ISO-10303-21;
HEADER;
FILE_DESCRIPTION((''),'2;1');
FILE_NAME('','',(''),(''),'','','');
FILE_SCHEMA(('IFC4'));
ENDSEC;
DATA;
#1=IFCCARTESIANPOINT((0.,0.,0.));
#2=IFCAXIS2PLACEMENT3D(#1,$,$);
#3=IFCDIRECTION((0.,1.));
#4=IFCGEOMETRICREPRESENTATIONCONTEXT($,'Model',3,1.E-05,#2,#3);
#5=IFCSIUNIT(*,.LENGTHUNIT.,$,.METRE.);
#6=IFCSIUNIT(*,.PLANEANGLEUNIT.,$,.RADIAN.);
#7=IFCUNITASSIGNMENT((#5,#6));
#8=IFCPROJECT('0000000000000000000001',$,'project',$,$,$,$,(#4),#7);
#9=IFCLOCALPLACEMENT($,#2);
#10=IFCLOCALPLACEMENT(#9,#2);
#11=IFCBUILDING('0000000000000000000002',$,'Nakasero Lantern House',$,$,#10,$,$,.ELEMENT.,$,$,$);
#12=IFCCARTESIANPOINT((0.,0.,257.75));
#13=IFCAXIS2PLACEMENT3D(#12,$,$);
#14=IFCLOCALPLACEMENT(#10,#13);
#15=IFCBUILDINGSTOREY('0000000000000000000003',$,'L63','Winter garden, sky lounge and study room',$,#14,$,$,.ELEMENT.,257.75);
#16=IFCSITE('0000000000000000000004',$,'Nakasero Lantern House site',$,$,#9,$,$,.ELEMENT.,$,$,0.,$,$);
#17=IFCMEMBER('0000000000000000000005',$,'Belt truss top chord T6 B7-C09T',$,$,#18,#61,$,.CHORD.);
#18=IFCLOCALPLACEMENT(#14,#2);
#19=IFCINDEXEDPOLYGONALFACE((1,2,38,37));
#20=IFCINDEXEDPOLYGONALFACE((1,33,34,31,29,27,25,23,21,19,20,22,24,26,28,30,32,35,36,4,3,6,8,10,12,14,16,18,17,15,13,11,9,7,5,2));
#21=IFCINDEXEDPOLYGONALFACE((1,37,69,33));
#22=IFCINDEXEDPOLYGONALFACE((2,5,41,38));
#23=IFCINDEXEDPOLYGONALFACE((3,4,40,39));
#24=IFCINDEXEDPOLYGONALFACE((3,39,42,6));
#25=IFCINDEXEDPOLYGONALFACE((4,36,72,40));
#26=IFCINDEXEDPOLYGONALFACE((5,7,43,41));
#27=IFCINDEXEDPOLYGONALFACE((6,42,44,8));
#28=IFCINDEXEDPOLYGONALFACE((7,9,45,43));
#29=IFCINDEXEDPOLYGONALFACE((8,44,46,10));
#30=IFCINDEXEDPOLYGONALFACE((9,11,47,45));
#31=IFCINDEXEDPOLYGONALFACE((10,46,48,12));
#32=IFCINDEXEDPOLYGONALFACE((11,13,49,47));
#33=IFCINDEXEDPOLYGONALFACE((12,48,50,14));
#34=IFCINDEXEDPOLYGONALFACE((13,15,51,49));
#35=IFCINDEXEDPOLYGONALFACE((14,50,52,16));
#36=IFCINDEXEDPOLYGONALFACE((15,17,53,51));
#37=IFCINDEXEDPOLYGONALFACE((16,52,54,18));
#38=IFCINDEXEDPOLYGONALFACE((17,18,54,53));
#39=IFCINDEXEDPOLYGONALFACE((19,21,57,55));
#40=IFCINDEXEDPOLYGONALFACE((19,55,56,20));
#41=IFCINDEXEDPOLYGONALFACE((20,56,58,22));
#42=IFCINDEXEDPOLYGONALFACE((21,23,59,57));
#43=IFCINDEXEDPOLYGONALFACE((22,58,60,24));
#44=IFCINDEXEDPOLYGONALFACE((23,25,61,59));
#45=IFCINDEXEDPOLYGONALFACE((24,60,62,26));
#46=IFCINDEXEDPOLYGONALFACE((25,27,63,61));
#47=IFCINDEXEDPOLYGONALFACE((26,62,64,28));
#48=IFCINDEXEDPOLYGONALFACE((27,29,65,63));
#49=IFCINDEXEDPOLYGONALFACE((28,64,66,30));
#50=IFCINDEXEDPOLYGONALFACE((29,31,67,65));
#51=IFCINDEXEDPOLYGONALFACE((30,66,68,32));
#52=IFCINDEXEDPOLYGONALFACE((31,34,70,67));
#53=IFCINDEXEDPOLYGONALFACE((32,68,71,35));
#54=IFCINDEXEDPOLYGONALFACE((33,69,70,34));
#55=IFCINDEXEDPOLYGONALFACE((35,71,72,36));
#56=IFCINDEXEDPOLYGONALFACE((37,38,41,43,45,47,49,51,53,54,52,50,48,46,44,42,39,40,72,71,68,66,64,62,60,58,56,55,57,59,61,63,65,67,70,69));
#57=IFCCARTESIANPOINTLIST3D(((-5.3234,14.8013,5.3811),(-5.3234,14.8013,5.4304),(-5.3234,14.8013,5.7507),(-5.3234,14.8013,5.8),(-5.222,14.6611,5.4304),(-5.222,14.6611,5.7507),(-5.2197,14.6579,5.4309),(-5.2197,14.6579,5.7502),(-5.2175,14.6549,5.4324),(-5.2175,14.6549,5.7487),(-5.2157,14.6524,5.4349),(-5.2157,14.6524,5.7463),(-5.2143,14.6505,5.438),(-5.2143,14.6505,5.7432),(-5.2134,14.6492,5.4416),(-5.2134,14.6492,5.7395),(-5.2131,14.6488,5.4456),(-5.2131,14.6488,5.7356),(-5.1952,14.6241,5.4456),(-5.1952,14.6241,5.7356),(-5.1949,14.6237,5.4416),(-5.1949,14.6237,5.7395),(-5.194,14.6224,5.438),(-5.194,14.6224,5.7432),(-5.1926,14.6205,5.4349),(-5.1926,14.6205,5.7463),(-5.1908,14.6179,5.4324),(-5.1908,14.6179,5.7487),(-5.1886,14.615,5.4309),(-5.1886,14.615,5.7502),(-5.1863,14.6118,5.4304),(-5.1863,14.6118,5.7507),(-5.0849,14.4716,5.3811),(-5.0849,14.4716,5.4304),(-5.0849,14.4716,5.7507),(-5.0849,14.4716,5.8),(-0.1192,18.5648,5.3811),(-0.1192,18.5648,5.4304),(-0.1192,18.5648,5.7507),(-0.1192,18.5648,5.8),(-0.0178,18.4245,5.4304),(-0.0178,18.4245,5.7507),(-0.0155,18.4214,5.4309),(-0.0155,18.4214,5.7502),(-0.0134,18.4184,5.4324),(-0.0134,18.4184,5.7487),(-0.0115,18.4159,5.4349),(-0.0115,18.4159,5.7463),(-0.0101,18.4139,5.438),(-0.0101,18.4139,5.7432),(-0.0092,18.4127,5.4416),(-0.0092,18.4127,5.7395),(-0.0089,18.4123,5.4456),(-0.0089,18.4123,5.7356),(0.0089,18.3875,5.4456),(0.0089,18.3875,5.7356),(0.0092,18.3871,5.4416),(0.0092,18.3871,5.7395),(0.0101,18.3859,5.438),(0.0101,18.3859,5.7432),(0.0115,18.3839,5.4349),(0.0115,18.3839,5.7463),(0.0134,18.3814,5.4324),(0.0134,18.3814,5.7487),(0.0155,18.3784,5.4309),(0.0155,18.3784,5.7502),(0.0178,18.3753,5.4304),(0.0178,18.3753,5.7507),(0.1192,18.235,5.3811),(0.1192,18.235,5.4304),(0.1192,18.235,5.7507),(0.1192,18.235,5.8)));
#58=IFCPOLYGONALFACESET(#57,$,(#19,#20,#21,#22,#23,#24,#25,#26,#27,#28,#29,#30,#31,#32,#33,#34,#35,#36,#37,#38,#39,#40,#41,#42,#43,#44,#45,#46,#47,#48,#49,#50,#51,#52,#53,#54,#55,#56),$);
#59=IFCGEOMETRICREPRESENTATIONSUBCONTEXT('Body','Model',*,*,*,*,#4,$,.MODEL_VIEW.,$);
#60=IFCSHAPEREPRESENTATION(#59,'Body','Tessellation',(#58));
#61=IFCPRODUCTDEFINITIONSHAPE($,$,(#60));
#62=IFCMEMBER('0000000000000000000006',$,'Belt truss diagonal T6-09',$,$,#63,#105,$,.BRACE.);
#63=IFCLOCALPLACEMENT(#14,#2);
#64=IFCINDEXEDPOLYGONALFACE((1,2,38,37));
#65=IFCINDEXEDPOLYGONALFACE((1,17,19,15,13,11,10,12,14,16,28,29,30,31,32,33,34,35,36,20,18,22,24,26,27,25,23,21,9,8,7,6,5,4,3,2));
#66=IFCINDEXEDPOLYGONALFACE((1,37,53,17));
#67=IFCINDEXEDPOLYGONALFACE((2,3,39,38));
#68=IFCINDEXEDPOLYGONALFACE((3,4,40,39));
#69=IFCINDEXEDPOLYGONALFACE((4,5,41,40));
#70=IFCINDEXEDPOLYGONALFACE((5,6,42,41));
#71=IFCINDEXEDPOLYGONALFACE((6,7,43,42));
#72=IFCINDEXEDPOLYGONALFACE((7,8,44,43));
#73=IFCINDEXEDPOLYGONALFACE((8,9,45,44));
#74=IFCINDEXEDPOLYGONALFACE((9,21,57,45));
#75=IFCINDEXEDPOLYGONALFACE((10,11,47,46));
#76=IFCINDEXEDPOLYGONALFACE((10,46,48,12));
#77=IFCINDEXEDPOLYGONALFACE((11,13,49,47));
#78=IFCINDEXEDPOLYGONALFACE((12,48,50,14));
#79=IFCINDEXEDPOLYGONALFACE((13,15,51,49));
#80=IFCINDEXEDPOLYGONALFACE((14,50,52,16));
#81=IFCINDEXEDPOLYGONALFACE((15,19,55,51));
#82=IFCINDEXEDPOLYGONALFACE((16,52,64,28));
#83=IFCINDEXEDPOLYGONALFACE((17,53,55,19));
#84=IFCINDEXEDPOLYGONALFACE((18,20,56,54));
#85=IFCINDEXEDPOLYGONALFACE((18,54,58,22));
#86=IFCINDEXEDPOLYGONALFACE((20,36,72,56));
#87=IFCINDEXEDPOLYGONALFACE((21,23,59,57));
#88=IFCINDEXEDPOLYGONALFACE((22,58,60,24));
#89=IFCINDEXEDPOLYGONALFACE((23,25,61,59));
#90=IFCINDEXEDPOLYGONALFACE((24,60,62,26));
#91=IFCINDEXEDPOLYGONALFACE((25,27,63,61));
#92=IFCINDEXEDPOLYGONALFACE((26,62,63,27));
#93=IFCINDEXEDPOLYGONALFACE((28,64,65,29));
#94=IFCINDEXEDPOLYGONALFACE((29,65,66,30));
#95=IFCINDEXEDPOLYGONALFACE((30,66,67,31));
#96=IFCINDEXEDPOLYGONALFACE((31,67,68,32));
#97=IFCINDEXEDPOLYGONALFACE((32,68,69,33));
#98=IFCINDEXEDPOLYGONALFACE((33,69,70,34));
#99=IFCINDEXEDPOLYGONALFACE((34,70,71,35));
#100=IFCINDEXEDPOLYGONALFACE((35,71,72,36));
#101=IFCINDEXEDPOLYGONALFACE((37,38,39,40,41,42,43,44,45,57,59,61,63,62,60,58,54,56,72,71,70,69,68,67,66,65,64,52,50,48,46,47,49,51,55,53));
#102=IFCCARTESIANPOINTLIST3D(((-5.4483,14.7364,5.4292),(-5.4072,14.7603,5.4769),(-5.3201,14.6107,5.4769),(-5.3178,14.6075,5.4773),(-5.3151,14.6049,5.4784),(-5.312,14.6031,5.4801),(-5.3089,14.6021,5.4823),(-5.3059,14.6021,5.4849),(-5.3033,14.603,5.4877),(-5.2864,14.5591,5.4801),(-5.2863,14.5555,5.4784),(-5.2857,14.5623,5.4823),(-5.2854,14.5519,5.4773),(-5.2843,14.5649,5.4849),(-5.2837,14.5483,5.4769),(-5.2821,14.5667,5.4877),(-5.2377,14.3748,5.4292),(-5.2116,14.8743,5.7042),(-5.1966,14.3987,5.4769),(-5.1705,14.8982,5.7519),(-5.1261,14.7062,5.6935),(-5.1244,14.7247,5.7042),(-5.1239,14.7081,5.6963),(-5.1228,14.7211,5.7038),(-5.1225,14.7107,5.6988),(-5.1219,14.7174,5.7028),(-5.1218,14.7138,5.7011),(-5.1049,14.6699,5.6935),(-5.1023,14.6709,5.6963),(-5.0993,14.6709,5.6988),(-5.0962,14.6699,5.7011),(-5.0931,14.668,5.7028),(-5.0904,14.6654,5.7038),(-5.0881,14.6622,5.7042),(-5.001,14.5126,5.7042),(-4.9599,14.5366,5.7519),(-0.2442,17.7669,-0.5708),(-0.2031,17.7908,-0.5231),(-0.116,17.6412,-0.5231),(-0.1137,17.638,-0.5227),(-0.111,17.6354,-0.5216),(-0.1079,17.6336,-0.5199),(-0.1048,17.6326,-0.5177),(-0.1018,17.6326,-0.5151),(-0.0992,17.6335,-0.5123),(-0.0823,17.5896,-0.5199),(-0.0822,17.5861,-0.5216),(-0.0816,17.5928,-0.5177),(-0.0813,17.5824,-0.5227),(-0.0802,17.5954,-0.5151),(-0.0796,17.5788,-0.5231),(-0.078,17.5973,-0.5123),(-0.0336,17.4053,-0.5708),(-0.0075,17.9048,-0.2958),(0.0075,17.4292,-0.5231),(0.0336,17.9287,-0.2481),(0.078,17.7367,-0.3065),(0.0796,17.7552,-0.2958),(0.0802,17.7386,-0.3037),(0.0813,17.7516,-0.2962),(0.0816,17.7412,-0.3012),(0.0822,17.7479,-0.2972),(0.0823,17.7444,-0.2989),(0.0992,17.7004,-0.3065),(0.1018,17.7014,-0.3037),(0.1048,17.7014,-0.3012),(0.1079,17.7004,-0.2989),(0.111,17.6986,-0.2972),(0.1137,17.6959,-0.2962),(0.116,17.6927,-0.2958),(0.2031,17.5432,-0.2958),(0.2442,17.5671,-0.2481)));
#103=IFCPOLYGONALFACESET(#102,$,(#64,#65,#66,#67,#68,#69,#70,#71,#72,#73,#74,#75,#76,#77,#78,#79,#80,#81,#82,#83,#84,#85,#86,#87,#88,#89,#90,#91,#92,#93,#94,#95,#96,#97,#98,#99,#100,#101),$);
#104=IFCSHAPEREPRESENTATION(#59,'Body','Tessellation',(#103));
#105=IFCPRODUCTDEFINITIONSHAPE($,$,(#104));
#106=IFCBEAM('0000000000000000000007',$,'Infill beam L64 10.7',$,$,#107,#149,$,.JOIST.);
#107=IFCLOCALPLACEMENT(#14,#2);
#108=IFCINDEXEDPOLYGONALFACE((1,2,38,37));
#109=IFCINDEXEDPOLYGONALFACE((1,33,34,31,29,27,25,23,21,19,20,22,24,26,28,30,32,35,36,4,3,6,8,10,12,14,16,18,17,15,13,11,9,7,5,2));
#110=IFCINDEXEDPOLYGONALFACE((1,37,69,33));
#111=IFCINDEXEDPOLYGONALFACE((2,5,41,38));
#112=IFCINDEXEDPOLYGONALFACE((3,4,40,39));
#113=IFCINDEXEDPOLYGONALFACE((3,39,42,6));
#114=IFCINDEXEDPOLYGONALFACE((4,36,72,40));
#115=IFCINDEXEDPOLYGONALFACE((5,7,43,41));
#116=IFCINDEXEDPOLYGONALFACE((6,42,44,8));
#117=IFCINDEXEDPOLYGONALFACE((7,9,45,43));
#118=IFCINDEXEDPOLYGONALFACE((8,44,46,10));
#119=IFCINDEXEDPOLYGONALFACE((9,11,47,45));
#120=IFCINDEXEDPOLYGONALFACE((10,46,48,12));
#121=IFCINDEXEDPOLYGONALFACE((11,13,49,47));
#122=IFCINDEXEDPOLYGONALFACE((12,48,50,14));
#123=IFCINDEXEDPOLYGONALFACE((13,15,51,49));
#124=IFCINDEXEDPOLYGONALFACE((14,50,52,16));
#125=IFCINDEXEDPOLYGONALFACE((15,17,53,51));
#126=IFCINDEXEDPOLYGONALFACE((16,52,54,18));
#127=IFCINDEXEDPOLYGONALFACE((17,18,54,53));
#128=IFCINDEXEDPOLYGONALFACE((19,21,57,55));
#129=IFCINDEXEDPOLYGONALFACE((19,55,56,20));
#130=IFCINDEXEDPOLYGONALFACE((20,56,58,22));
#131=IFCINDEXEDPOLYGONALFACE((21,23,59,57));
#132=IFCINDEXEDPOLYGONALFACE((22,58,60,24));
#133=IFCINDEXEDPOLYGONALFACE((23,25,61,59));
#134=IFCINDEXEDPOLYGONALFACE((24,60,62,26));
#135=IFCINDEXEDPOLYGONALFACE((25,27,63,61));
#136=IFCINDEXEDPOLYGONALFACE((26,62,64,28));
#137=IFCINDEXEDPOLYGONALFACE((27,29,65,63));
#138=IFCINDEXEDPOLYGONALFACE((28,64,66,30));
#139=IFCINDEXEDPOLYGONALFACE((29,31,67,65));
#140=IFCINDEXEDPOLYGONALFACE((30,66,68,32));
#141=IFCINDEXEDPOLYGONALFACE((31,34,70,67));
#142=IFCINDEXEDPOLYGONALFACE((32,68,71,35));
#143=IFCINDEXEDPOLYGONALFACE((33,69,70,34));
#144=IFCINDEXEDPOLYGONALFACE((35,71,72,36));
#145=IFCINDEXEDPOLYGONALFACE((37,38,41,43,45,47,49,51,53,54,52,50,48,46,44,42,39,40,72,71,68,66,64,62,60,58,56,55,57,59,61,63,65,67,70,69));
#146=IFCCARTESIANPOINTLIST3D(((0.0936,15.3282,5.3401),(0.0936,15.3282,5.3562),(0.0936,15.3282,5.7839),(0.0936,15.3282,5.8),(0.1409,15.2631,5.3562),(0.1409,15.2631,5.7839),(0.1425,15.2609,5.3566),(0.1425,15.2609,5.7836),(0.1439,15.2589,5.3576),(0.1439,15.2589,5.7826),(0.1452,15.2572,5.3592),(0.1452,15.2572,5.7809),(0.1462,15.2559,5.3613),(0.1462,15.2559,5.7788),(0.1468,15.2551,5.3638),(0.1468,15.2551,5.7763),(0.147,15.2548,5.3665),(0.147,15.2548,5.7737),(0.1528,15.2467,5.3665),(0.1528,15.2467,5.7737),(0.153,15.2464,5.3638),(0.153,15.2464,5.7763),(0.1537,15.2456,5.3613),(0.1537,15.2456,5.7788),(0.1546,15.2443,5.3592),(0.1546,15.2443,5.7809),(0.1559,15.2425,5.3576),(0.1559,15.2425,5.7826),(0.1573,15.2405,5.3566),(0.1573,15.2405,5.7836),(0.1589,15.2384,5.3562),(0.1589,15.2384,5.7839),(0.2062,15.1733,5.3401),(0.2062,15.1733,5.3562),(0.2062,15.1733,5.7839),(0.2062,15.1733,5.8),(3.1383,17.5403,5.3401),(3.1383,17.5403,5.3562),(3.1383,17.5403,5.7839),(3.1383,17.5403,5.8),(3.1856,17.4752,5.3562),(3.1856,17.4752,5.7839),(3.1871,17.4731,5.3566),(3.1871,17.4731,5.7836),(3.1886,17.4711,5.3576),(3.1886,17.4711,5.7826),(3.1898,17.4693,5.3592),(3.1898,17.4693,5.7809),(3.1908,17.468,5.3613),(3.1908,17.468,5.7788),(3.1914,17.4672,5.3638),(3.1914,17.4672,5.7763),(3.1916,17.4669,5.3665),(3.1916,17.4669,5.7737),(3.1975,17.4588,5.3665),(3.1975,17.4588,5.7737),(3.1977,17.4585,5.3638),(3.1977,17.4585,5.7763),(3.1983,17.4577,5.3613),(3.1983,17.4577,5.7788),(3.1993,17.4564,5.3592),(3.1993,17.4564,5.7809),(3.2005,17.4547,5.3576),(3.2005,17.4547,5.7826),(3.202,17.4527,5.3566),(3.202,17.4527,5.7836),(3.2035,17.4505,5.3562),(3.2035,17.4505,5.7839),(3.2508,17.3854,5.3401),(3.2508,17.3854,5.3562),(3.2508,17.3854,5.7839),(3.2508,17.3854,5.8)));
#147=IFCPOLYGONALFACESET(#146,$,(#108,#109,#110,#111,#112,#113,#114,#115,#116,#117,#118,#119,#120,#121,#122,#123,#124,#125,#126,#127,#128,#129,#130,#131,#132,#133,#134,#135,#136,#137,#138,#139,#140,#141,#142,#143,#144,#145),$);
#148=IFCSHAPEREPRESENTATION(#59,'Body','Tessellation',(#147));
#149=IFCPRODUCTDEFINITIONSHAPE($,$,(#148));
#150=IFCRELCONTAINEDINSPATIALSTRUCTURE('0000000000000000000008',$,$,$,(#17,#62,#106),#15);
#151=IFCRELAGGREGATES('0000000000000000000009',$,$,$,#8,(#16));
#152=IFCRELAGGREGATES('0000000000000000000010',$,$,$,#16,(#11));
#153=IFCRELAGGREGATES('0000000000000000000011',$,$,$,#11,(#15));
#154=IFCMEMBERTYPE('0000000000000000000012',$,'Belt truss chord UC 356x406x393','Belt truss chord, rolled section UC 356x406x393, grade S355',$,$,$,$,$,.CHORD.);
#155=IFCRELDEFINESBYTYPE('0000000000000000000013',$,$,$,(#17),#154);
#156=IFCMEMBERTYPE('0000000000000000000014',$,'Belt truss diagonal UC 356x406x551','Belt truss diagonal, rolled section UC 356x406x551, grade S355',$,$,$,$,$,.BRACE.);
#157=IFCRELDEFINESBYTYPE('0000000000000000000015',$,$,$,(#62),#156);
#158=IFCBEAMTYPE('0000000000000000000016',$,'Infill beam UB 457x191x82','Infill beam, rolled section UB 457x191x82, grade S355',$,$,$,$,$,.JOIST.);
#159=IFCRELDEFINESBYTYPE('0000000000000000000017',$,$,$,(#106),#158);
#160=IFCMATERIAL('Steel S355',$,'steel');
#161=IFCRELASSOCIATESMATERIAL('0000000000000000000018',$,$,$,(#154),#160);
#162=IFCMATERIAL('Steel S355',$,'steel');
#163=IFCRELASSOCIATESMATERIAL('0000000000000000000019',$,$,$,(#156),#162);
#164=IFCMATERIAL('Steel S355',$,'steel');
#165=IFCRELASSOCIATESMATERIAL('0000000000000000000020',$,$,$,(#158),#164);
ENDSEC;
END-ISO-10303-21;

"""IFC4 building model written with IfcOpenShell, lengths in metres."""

from ifc_helpers import new_model, si_unit, direction, frame, origin, origin_2d, place, context, subcontext, project, spatial, i_section, extrude, material, material_profile, profile_set, type_object, element, save


model = new_model("IFC4")

# Units and contexts
model_context = context("Model", 3, precision=1e-05, world=origin(), true_north=direction((0.0, 1.0)))
body_context = subcontext(model_context, "Body", "Model", "MODEL_VIEW")
ifc_project = project(units=[si_unit("LENGTHUNIT", "METRE"), si_unit("PLANEANGLEUNIT", "RADIAN")], contexts=[model_context])

# Site, building, storey
site_placement = place(None, origin())
site = spatial("IfcSite", under=ifc_project, at=site_placement, Name="Nakasero Lantern House site", CompositionType="ELEMENT", RefElevation=0.0)
building_placement = place(site_placement, origin())
building = spatial("IfcBuilding", under=site, at=building_placement, Name="Nakasero Lantern House", CompositionType="ELEMENT")
storey_placement = place(building_placement, frame((0.0, 0.0, 257.75)))
storey = spatial("IfcBuildingStorey", under=building, at=storey_placement, Name="L63", Description="Winter garden, sky lounge and study room", CompositionType="ELEMENT", Elevation=257.75)

# Members
ifc_material_1 = material(Name="Steel S355", Category="steel")
ifc_material_profile_1 = material_profile(ifc_material_1, i_section(OverallWidth=0.407, OverallDepth=0.4189, WebThickness=0.0305, FlangeThickness=0.0493, FilletRadius=0.0151, at=origin_2d()), Name="UC 356x406x393")
ifc_profile_set_1 = profile_set([ifc_material_profile_1], Name="Steel S355")
member_type_1 = type_object("IfcMemberType", Name="Belt truss chord UC 356x406x393", Description="Belt truss chord, rolled section UC 356x406x393, grade S355", PredefinedType="CHORD", material=ifc_profile_set_1)
member_1_placement = place(storey_placement, frame((0.0, 18.3999, 5.5906), z_axis=(-0.810316, -0.585993, 0.0), x_axis=(0.585993, -0.810316, 0.0)))
element("IfcMember", 1, at=member_1_placement, inside=storey, type_object=member_type_1, Name="Belt truss top chord T6 B7-C09T", PredefinedType="CHORD", context=body_context, shape_type="SweptSolid", body=[
    extrude(i_section(OverallWidth=0.407, OverallDepth=0.4189, WebThickness=0.0305, FlangeThickness=0.0493, FilletRadius=0.0151, at=origin_2d()), origin(), (0.0, 0.0, 1.0), 6.4224),
])
ifc_material_2 = material(Name="Steel S355", Category="steel")
ifc_material_profile_2 = material_profile(ifc_material_2, i_section(OverallWidth=0.4185, OverallDepth=0.4556, WebThickness=0.042, FlangeThickness=0.0674, FilletRadius=0.0151, at=origin_2d()), Name="UC 356x406x551")
ifc_profile_set_2 = profile_set([ifc_material_profile_2], Name="Steel S355")
member_type_2 = type_object("IfcMemberType", Name="Belt truss diagonal UC 356x406x551", Description="Belt truss diagonal, rolled section UC 356x406x551, grade S355", PredefinedType="BRACE", material=ifc_profile_set_2)
member_2_placement = place(storey_placement, frame((0.0, 17.667, -0.4094), z_axis=(-0.612176, -0.35649, 0.705801), x_axis=(0.503226, -0.864155, 0.0)))
element("IfcMember", 2, at=member_2_placement, inside=storey, type_object=member_type_2, Name="Belt truss diagonal T6-09", PredefinedType="BRACE", context=body_context, shape_type="SweptSolid", body=[
    extrude(i_section(OverallWidth=0.4185, OverallDepth=0.4556, WebThickness=0.042, FlangeThickness=0.0674, FilletRadius=0.0151, at=origin_2d()), origin(), (0.0, 0.0, 1.0), 8.501),
])

# Beam
ifc_material_3 = material(Name="Steel S355", Category="steel")
ifc_material_profile_3 = material_profile(ifc_material_3, i_section(OverallWidth=0.1914, OverallDepth=0.46, WebThickness=0.01, FlangeThickness=0.0161, FilletRadius=0.0103, at=origin_2d()), Name="UB 457x191x82")
ifc_profile_set_3 = profile_set([ifc_material_profile_3], Name="Steel S355")
beam_type_1 = type_object("IfcBeamType", Name="Infill beam UB 457x191x82", Description="Infill beam, rolled section UB 457x191x82, grade S355", PredefinedType="JOIST", material=ifc_profile_set_3)
beam_1_placement = place(storey_placement, frame((0.1499, 15.2507, 5.5701), z_axis=(0.809008, 0.587797, 0.0), x_axis=(-0.587797, 0.809008, 0.0)))
element("IfcBeam", 3, at=beam_1_placement, inside=storey, type_object=beam_type_1, Name="Infill beam L64 10.7", PredefinedType="JOIST", context=body_context, shape_type="SweptSolid", body=[
    extrude(i_section(OverallWidth=0.1914, OverallDepth=0.46, WebThickness=0.01, FlangeThickness=0.0161, FilletRadius=0.0103, at=origin_2d()), origin(), (0.0, 0.0, 1.0), 3.7634),
])

save(model, "model.ifc")
